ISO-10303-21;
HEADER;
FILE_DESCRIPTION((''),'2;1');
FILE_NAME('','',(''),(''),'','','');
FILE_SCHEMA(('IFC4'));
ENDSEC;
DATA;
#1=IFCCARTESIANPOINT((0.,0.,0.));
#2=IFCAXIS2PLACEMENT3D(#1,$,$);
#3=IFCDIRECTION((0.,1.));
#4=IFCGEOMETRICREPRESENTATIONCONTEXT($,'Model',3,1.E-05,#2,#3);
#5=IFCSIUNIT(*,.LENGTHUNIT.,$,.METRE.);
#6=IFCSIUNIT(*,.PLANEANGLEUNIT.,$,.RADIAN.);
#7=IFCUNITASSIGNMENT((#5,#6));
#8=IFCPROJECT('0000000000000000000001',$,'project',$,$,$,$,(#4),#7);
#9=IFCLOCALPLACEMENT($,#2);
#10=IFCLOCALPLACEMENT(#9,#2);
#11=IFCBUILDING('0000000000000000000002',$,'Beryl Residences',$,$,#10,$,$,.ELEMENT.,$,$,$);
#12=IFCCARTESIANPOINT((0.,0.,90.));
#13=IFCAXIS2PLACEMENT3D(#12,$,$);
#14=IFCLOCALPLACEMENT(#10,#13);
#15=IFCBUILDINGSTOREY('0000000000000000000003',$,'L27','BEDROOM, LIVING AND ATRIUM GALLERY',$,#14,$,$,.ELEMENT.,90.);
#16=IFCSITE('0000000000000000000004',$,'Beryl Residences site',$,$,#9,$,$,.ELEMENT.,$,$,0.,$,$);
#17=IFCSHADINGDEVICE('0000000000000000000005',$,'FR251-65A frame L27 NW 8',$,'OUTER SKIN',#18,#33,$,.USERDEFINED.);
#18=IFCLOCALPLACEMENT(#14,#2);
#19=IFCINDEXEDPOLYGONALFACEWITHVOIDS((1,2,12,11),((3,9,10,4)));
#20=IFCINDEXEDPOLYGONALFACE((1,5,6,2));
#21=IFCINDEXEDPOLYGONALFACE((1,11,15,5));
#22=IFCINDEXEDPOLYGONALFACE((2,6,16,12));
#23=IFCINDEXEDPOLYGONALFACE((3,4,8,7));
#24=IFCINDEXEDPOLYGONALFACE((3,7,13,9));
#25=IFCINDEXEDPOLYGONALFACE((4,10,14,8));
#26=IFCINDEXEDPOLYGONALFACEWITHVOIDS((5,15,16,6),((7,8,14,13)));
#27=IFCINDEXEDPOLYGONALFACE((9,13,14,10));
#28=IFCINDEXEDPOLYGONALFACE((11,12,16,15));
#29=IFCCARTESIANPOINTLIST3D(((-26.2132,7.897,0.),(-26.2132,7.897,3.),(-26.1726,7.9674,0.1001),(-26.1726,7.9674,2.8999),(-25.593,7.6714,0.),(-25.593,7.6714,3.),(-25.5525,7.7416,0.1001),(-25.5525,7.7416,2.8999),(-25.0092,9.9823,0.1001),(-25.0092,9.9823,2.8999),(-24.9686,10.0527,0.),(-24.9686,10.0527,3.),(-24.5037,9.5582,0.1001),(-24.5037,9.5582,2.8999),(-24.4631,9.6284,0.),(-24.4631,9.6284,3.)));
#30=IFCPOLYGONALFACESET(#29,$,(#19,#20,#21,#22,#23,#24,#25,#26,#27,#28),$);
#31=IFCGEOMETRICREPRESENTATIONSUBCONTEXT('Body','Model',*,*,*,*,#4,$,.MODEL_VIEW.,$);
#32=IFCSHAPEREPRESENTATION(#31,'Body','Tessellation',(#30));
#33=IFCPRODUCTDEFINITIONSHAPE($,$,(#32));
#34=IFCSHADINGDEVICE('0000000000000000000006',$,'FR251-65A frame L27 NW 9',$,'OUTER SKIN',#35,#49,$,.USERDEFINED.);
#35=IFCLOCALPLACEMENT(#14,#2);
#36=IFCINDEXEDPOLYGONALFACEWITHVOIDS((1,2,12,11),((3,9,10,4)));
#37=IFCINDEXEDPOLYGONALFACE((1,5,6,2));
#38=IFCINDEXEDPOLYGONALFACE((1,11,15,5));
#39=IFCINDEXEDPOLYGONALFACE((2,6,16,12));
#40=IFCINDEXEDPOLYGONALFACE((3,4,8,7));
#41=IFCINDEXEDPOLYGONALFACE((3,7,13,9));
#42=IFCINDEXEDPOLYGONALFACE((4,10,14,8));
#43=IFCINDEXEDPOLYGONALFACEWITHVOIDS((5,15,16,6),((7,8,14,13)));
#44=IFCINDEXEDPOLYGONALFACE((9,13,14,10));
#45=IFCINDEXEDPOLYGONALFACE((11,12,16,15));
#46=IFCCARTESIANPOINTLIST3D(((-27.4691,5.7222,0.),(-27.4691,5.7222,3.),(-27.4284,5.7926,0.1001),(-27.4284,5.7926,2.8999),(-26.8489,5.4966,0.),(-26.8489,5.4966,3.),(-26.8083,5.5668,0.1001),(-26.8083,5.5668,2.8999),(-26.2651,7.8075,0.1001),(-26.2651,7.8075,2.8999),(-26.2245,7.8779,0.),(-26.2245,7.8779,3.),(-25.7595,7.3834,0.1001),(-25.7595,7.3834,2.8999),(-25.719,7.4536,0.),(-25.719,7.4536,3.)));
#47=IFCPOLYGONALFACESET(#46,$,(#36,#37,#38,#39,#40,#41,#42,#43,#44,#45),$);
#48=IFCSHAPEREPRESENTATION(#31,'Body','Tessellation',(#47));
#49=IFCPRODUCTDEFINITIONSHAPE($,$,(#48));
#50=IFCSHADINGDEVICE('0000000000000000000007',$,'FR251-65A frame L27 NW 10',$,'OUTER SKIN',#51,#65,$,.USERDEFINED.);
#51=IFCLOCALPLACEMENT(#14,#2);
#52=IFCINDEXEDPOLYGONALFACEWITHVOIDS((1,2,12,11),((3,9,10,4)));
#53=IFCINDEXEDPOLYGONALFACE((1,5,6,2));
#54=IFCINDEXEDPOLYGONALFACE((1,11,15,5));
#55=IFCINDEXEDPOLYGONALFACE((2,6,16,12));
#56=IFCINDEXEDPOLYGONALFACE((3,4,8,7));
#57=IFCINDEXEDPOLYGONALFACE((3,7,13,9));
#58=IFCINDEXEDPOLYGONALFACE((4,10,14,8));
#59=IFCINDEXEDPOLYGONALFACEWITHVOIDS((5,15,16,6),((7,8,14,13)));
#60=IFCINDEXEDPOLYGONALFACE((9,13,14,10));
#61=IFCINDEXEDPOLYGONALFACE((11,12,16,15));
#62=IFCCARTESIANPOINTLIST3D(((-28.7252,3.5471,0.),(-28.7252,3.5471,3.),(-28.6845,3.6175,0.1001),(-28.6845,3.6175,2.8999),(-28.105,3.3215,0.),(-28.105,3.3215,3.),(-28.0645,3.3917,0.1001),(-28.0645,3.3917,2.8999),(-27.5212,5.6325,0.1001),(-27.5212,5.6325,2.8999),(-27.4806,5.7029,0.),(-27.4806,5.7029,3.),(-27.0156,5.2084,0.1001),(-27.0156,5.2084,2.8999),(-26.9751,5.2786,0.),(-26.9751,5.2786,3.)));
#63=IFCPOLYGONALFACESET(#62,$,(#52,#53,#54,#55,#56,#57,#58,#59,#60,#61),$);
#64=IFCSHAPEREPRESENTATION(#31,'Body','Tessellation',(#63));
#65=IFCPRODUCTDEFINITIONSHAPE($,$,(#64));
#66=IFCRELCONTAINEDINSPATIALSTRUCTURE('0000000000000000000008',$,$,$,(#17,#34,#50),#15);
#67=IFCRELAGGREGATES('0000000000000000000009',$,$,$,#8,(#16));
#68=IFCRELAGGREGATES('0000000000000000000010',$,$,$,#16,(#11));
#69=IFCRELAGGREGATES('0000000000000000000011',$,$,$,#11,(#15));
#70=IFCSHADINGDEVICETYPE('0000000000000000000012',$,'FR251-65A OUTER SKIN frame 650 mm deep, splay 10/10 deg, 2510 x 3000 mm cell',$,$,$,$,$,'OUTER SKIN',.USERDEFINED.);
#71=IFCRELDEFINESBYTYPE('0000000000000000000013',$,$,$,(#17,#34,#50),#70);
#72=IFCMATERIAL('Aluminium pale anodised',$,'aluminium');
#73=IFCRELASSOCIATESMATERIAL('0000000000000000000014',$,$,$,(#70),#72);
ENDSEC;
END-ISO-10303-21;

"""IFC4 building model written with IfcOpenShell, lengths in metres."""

from ifc_helpers import new_model, entity, si_unit, direction, frame, origin, place, context, subcontext, project, spatial, source, transform, mapped, material, type_object, type_shapes, element, save


model = new_model("IFC4")

# Units and contexts
model_context = context("Model", 3, precision=1e-05, world=origin(), true_north=direction((0.0, 1.0)))
body_context = subcontext(model_context, "Body", "Model", "MODEL_VIEW")
ifc_project = project(units=[si_unit("LENGTHUNIT", "METRE"), si_unit("PLANEANGLEUNIT", "RADIAN")], contexts=[model_context])

# Site, building, storey
site_placement = place(None, origin())
site = spatial("IfcSite", under=ifc_project, at=site_placement, Name="Beryl Residences site", CompositionType="ELEMENT", RefElevation=0.0)
building_placement = place(site_placement, origin())
building = spatial("IfcBuilding", under=site, at=building_placement, Name="Beryl Residences", CompositionType="ELEMENT")
storey_placement = place(building_placement, frame((0.0, 0.0, 90.0)))
storey = spatial("IfcBuildingStorey", under=building, at=storey_placement, Name="L27", Description="BEDROOM, LIVING AND ATRIUM GALLERY", CompositionType="ELEMENT", Elevation=90.0)

# Shading devices
ifc_material_1 = material(Name="Aluminium pale anodised", Category="aluminium")
shading_device_type_1 = type_object("IfcShadingDeviceType", Name="FR251-65A OUTER SKIN frame 650 mm deep, splay 10/10 deg, 2510 x 3000 mm cell", ElementType="OUTER SKIN", PredefinedType="USERDEFINED", material=ifc_material_1)
cartesian_point_1 = entity("IfcCartesianPoint", [-1.1299, 0.0])
cartesian_point_2 = entity("IfcCartesianPoint", [-1.0488, 0.1001])
cartesian_point_3 = entity("IfcCartesianPoint", [-1.2446, 0.0])
cartesian_point_4 = entity("IfcCartesianPoint", [-1.1633, 0.1001])
shared_shape_1 = source(origin(), body_context, "Body", "SweptSolid", [
    entity("IfcExtrudedAreaSolidTapered", entity("IfcArbitraryProfileDefWithVoids", "AREA", None, entity("IfcPolyline", [cartesian_point_1, entity("IfcCartesianPoint", [1.1299, 0.0]), entity("IfcCartesianPoint", [1.1299, 3.0]), entity("IfcCartesianPoint", [-1.1299, 3.0]), cartesian_point_1]), [entity("IfcPolyline", [cartesian_point_2, entity("IfcCartesianPoint", [1.0488, 0.1001]), entity("IfcCartesianPoint", [1.0488, 2.8999]), entity("IfcCartesianPoint", [-1.0488, 2.8999]), cartesian_point_2])]), entity("IfcAxis2Placement3D", entity("IfcCartesianPoint", [0.0, 0.0, 0.0]), entity("IfcDirection", [0.0, 1.0, 0.0]), entity("IfcDirection", [-1.0, 0.0, 0.0])), entity("IfcDirection", [0.0, 0.0, 1.0]), 0.6499, entity("IfcArbitraryProfileDefWithVoids", "AREA", None, entity("IfcPolyline", [cartesian_point_3, entity("IfcCartesianPoint", [1.2446, 0.0]), entity("IfcCartesianPoint", [1.2446, 3.0]), entity("IfcCartesianPoint", [-1.2446, 3.0]), cartesian_point_3]), [entity("IfcPolyline", [cartesian_point_4, entity("IfcCartesianPoint", [1.1633, 0.1001]), entity("IfcCartesianPoint", [1.1633, 2.8999]), entity("IfcCartesianPoint", [-1.1633, 2.8999]), cartesian_point_4])])),
])
type_shapes(shading_device_type_1, [shared_shape_1])
for number, where, z_axis, x_axis, name in (
    (1, (-25.0281, 8.6499, 0.0), (0.0, 0.0, 1.0), (0.5, 0.866025, 0.0), "FR251-65A frame L27 NW 8"),
    (2, (-26.2839, 6.4751, 0.0), (0.0, 0.0, 1.0), (0.5, 0.866025, 0.0), "FR251-65A frame L27 NW 9"),
    (3, (-27.54, 4.3, 0.0), (0.0, 0.0, 1.0), (0.5, 0.866025, 0.0), "FR251-65A frame L27 NW 10"),
):
    element("IfcShadingDevice", number, at=place(storey_placement, frame(where, z_axis=z_axis, x_axis=x_axis)), inside=storey, type_object=shading_device_type_1, Name=name, ObjectType="OUTER SKIN", PredefinedType="USERDEFINED", context=body_context, shape_type="MappedRepresentation", body=[
        mapped(shared_shape_1, transform((0.0, 0.0, 0.0))),
    ])

save(model, "model.ifc")
